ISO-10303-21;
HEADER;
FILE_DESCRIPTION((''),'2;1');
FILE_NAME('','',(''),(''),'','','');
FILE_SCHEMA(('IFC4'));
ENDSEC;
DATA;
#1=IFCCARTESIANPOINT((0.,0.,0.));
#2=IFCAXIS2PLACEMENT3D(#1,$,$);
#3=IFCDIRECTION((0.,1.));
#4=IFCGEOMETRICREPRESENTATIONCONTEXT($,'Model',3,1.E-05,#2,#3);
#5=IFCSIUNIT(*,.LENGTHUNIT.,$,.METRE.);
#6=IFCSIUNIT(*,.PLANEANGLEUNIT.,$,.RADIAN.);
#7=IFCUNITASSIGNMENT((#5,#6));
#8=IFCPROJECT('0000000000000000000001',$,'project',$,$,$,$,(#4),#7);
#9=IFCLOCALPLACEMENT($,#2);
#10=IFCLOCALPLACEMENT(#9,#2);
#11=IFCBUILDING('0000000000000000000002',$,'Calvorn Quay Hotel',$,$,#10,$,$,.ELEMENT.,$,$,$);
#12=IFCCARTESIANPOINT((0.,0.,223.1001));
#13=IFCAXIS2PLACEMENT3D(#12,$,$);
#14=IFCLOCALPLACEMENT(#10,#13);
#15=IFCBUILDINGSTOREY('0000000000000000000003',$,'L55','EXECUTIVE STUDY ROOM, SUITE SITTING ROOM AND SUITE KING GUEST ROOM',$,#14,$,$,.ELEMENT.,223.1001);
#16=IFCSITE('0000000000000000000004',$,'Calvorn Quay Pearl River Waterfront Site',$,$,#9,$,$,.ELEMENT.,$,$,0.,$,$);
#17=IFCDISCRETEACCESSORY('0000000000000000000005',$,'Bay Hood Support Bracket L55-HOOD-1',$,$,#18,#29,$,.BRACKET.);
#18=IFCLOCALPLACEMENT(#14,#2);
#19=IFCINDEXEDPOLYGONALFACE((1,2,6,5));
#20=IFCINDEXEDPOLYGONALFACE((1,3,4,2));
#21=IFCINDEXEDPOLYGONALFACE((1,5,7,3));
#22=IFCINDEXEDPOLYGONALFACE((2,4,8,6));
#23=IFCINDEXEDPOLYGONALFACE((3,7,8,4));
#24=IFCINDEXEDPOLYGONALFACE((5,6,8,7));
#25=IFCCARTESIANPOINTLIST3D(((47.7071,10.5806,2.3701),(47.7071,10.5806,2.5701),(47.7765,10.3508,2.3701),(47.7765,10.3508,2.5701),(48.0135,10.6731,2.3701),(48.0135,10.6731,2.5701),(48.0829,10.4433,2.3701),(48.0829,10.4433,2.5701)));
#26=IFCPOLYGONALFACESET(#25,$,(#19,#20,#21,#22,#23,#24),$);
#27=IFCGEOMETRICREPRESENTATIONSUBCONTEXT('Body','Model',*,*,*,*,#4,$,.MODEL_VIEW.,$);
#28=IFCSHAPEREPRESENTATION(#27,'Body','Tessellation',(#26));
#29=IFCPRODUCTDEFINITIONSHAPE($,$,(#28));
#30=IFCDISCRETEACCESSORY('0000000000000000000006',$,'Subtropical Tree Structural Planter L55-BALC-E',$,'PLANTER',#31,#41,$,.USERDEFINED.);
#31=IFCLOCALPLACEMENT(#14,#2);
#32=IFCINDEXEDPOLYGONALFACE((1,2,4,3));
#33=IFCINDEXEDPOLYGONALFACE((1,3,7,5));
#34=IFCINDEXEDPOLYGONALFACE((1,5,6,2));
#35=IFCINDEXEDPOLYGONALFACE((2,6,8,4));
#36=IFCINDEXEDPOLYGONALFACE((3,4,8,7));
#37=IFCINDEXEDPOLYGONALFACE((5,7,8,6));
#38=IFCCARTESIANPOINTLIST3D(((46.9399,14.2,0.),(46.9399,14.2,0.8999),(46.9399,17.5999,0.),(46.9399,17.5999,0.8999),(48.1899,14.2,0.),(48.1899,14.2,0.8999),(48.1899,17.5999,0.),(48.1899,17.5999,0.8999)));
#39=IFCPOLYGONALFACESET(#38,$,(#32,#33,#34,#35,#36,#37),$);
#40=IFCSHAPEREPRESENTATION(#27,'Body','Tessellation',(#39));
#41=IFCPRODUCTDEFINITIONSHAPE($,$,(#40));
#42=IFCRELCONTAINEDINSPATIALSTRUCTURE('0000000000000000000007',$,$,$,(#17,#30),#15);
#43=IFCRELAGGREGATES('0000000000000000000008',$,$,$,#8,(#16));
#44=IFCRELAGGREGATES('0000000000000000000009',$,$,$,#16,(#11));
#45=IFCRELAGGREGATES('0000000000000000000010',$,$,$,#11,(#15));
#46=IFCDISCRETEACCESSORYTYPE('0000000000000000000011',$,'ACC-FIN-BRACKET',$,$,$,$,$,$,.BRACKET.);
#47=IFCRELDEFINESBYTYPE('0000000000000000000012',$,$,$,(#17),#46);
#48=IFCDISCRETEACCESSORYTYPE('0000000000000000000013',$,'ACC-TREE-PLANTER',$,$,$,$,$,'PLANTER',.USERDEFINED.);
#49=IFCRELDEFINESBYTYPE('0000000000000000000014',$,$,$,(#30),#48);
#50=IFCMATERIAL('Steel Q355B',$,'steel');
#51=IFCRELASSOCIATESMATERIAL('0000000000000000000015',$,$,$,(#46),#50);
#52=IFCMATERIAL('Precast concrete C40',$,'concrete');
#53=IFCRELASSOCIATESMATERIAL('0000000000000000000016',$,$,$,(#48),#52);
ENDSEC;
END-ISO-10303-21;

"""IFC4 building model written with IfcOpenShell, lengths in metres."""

from ifc_helpers import new_model, si_unit, direction, frame, origin, origin_2d, place, context, subcontext, project, spatial, rectangle, extrude, material, type_object, element, save


model = new_model("IFC4")

# Units and contexts
model_context = context("Model", 3, precision=1e-05, world=origin(), true_north=direction((0.0, 1.0)))
body_context = subcontext(model_context, "Body", "Model", "MODEL_VIEW")
ifc_project = project(units=[si_unit("LENGTHUNIT", "METRE"), si_unit("PLANEANGLEUNIT", "RADIAN")], contexts=[model_context])

# Site, building, storey
site_placement = place(None, origin())
site = spatial("IfcSite", under=ifc_project, at=site_placement, Name="Calvorn Quay Pearl River Waterfront Site", CompositionType="ELEMENT", RefElevation=0.0)
building_placement = place(site_placement, origin())
building = spatial("IfcBuilding", under=site, at=building_placement, Name="Calvorn Quay Hotel", CompositionType="ELEMENT")
storey_placement = place(building_placement, frame((0.0, 0.0, 223.1001)))
storey = spatial("IfcBuildingStorey", under=building, at=storey_placement, Name="L55", Description="EXECUTIVE STUDY ROOM, SUITE SITTING ROOM AND SUITE KING GUEST ROOM", CompositionType="ELEMENT", Elevation=223.1001)

# Discrete accessories
ifc_material_1 = material(Name="Steel Q355B", Category="steel")
discrete_accessory_type_1 = type_object("IfcDiscreteAccessoryType", Name="ACC-FIN-BRACKET", PredefinedType="BRACKET", material=ifc_material_1)
discrete_accessory_1_placement = place(storey_placement, frame((47.895, 10.512, 2.3701), z_axis=(0.0, 0.0, 1.0), x_axis=(0.957319, 0.289032, 0.0)))
element("IfcDiscreteAccessory", 1, at=discrete_accessory_1_placement, inside=storey, type_object=discrete_accessory_type_1, Name="Bay Hood Support Bracket L55-HOOD-1", PredefinedType="BRACKET", context=body_context, shape_type="SweptSolid", body=[
    extrude(rectangle(XDim=0.3201, YDim=0.24, at=origin_2d()), origin(), (0.0, 0.0, 1.0), 0.2),
])
ifc_material_2 = material(Name="Precast concrete C40", Category="concrete")
discrete_accessory_type_2 = type_object("IfcDiscreteAccessoryType", Name="ACC-TREE-PLANTER", ElementType="PLANTER", PredefinedType="USERDEFINED", material=ifc_material_2)
discrete_accessory_2_placement = place(storey_placement, frame((47.5649, 15.8999, 0.0), z_axis=(0.0, 0.0, 1.0), x_axis=(1.0, 0.0, 0.0)))
element("IfcDiscreteAccessory", 2, at=discrete_accessory_2_placement, inside=storey, type_object=discrete_accessory_type_2, Name="Subtropical Tree Structural Planter L55-BALC-E", ObjectType="PLANTER", PredefinedType="USERDEFINED", context=body_context, shape_type="SweptSolid", body=[
    extrude(rectangle(XDim=1.25, YDim=3.3999, at=origin_2d()), origin(), (0.0, 0.0, 1.0), 0.8999),
])

save(model, "model.ifc")
